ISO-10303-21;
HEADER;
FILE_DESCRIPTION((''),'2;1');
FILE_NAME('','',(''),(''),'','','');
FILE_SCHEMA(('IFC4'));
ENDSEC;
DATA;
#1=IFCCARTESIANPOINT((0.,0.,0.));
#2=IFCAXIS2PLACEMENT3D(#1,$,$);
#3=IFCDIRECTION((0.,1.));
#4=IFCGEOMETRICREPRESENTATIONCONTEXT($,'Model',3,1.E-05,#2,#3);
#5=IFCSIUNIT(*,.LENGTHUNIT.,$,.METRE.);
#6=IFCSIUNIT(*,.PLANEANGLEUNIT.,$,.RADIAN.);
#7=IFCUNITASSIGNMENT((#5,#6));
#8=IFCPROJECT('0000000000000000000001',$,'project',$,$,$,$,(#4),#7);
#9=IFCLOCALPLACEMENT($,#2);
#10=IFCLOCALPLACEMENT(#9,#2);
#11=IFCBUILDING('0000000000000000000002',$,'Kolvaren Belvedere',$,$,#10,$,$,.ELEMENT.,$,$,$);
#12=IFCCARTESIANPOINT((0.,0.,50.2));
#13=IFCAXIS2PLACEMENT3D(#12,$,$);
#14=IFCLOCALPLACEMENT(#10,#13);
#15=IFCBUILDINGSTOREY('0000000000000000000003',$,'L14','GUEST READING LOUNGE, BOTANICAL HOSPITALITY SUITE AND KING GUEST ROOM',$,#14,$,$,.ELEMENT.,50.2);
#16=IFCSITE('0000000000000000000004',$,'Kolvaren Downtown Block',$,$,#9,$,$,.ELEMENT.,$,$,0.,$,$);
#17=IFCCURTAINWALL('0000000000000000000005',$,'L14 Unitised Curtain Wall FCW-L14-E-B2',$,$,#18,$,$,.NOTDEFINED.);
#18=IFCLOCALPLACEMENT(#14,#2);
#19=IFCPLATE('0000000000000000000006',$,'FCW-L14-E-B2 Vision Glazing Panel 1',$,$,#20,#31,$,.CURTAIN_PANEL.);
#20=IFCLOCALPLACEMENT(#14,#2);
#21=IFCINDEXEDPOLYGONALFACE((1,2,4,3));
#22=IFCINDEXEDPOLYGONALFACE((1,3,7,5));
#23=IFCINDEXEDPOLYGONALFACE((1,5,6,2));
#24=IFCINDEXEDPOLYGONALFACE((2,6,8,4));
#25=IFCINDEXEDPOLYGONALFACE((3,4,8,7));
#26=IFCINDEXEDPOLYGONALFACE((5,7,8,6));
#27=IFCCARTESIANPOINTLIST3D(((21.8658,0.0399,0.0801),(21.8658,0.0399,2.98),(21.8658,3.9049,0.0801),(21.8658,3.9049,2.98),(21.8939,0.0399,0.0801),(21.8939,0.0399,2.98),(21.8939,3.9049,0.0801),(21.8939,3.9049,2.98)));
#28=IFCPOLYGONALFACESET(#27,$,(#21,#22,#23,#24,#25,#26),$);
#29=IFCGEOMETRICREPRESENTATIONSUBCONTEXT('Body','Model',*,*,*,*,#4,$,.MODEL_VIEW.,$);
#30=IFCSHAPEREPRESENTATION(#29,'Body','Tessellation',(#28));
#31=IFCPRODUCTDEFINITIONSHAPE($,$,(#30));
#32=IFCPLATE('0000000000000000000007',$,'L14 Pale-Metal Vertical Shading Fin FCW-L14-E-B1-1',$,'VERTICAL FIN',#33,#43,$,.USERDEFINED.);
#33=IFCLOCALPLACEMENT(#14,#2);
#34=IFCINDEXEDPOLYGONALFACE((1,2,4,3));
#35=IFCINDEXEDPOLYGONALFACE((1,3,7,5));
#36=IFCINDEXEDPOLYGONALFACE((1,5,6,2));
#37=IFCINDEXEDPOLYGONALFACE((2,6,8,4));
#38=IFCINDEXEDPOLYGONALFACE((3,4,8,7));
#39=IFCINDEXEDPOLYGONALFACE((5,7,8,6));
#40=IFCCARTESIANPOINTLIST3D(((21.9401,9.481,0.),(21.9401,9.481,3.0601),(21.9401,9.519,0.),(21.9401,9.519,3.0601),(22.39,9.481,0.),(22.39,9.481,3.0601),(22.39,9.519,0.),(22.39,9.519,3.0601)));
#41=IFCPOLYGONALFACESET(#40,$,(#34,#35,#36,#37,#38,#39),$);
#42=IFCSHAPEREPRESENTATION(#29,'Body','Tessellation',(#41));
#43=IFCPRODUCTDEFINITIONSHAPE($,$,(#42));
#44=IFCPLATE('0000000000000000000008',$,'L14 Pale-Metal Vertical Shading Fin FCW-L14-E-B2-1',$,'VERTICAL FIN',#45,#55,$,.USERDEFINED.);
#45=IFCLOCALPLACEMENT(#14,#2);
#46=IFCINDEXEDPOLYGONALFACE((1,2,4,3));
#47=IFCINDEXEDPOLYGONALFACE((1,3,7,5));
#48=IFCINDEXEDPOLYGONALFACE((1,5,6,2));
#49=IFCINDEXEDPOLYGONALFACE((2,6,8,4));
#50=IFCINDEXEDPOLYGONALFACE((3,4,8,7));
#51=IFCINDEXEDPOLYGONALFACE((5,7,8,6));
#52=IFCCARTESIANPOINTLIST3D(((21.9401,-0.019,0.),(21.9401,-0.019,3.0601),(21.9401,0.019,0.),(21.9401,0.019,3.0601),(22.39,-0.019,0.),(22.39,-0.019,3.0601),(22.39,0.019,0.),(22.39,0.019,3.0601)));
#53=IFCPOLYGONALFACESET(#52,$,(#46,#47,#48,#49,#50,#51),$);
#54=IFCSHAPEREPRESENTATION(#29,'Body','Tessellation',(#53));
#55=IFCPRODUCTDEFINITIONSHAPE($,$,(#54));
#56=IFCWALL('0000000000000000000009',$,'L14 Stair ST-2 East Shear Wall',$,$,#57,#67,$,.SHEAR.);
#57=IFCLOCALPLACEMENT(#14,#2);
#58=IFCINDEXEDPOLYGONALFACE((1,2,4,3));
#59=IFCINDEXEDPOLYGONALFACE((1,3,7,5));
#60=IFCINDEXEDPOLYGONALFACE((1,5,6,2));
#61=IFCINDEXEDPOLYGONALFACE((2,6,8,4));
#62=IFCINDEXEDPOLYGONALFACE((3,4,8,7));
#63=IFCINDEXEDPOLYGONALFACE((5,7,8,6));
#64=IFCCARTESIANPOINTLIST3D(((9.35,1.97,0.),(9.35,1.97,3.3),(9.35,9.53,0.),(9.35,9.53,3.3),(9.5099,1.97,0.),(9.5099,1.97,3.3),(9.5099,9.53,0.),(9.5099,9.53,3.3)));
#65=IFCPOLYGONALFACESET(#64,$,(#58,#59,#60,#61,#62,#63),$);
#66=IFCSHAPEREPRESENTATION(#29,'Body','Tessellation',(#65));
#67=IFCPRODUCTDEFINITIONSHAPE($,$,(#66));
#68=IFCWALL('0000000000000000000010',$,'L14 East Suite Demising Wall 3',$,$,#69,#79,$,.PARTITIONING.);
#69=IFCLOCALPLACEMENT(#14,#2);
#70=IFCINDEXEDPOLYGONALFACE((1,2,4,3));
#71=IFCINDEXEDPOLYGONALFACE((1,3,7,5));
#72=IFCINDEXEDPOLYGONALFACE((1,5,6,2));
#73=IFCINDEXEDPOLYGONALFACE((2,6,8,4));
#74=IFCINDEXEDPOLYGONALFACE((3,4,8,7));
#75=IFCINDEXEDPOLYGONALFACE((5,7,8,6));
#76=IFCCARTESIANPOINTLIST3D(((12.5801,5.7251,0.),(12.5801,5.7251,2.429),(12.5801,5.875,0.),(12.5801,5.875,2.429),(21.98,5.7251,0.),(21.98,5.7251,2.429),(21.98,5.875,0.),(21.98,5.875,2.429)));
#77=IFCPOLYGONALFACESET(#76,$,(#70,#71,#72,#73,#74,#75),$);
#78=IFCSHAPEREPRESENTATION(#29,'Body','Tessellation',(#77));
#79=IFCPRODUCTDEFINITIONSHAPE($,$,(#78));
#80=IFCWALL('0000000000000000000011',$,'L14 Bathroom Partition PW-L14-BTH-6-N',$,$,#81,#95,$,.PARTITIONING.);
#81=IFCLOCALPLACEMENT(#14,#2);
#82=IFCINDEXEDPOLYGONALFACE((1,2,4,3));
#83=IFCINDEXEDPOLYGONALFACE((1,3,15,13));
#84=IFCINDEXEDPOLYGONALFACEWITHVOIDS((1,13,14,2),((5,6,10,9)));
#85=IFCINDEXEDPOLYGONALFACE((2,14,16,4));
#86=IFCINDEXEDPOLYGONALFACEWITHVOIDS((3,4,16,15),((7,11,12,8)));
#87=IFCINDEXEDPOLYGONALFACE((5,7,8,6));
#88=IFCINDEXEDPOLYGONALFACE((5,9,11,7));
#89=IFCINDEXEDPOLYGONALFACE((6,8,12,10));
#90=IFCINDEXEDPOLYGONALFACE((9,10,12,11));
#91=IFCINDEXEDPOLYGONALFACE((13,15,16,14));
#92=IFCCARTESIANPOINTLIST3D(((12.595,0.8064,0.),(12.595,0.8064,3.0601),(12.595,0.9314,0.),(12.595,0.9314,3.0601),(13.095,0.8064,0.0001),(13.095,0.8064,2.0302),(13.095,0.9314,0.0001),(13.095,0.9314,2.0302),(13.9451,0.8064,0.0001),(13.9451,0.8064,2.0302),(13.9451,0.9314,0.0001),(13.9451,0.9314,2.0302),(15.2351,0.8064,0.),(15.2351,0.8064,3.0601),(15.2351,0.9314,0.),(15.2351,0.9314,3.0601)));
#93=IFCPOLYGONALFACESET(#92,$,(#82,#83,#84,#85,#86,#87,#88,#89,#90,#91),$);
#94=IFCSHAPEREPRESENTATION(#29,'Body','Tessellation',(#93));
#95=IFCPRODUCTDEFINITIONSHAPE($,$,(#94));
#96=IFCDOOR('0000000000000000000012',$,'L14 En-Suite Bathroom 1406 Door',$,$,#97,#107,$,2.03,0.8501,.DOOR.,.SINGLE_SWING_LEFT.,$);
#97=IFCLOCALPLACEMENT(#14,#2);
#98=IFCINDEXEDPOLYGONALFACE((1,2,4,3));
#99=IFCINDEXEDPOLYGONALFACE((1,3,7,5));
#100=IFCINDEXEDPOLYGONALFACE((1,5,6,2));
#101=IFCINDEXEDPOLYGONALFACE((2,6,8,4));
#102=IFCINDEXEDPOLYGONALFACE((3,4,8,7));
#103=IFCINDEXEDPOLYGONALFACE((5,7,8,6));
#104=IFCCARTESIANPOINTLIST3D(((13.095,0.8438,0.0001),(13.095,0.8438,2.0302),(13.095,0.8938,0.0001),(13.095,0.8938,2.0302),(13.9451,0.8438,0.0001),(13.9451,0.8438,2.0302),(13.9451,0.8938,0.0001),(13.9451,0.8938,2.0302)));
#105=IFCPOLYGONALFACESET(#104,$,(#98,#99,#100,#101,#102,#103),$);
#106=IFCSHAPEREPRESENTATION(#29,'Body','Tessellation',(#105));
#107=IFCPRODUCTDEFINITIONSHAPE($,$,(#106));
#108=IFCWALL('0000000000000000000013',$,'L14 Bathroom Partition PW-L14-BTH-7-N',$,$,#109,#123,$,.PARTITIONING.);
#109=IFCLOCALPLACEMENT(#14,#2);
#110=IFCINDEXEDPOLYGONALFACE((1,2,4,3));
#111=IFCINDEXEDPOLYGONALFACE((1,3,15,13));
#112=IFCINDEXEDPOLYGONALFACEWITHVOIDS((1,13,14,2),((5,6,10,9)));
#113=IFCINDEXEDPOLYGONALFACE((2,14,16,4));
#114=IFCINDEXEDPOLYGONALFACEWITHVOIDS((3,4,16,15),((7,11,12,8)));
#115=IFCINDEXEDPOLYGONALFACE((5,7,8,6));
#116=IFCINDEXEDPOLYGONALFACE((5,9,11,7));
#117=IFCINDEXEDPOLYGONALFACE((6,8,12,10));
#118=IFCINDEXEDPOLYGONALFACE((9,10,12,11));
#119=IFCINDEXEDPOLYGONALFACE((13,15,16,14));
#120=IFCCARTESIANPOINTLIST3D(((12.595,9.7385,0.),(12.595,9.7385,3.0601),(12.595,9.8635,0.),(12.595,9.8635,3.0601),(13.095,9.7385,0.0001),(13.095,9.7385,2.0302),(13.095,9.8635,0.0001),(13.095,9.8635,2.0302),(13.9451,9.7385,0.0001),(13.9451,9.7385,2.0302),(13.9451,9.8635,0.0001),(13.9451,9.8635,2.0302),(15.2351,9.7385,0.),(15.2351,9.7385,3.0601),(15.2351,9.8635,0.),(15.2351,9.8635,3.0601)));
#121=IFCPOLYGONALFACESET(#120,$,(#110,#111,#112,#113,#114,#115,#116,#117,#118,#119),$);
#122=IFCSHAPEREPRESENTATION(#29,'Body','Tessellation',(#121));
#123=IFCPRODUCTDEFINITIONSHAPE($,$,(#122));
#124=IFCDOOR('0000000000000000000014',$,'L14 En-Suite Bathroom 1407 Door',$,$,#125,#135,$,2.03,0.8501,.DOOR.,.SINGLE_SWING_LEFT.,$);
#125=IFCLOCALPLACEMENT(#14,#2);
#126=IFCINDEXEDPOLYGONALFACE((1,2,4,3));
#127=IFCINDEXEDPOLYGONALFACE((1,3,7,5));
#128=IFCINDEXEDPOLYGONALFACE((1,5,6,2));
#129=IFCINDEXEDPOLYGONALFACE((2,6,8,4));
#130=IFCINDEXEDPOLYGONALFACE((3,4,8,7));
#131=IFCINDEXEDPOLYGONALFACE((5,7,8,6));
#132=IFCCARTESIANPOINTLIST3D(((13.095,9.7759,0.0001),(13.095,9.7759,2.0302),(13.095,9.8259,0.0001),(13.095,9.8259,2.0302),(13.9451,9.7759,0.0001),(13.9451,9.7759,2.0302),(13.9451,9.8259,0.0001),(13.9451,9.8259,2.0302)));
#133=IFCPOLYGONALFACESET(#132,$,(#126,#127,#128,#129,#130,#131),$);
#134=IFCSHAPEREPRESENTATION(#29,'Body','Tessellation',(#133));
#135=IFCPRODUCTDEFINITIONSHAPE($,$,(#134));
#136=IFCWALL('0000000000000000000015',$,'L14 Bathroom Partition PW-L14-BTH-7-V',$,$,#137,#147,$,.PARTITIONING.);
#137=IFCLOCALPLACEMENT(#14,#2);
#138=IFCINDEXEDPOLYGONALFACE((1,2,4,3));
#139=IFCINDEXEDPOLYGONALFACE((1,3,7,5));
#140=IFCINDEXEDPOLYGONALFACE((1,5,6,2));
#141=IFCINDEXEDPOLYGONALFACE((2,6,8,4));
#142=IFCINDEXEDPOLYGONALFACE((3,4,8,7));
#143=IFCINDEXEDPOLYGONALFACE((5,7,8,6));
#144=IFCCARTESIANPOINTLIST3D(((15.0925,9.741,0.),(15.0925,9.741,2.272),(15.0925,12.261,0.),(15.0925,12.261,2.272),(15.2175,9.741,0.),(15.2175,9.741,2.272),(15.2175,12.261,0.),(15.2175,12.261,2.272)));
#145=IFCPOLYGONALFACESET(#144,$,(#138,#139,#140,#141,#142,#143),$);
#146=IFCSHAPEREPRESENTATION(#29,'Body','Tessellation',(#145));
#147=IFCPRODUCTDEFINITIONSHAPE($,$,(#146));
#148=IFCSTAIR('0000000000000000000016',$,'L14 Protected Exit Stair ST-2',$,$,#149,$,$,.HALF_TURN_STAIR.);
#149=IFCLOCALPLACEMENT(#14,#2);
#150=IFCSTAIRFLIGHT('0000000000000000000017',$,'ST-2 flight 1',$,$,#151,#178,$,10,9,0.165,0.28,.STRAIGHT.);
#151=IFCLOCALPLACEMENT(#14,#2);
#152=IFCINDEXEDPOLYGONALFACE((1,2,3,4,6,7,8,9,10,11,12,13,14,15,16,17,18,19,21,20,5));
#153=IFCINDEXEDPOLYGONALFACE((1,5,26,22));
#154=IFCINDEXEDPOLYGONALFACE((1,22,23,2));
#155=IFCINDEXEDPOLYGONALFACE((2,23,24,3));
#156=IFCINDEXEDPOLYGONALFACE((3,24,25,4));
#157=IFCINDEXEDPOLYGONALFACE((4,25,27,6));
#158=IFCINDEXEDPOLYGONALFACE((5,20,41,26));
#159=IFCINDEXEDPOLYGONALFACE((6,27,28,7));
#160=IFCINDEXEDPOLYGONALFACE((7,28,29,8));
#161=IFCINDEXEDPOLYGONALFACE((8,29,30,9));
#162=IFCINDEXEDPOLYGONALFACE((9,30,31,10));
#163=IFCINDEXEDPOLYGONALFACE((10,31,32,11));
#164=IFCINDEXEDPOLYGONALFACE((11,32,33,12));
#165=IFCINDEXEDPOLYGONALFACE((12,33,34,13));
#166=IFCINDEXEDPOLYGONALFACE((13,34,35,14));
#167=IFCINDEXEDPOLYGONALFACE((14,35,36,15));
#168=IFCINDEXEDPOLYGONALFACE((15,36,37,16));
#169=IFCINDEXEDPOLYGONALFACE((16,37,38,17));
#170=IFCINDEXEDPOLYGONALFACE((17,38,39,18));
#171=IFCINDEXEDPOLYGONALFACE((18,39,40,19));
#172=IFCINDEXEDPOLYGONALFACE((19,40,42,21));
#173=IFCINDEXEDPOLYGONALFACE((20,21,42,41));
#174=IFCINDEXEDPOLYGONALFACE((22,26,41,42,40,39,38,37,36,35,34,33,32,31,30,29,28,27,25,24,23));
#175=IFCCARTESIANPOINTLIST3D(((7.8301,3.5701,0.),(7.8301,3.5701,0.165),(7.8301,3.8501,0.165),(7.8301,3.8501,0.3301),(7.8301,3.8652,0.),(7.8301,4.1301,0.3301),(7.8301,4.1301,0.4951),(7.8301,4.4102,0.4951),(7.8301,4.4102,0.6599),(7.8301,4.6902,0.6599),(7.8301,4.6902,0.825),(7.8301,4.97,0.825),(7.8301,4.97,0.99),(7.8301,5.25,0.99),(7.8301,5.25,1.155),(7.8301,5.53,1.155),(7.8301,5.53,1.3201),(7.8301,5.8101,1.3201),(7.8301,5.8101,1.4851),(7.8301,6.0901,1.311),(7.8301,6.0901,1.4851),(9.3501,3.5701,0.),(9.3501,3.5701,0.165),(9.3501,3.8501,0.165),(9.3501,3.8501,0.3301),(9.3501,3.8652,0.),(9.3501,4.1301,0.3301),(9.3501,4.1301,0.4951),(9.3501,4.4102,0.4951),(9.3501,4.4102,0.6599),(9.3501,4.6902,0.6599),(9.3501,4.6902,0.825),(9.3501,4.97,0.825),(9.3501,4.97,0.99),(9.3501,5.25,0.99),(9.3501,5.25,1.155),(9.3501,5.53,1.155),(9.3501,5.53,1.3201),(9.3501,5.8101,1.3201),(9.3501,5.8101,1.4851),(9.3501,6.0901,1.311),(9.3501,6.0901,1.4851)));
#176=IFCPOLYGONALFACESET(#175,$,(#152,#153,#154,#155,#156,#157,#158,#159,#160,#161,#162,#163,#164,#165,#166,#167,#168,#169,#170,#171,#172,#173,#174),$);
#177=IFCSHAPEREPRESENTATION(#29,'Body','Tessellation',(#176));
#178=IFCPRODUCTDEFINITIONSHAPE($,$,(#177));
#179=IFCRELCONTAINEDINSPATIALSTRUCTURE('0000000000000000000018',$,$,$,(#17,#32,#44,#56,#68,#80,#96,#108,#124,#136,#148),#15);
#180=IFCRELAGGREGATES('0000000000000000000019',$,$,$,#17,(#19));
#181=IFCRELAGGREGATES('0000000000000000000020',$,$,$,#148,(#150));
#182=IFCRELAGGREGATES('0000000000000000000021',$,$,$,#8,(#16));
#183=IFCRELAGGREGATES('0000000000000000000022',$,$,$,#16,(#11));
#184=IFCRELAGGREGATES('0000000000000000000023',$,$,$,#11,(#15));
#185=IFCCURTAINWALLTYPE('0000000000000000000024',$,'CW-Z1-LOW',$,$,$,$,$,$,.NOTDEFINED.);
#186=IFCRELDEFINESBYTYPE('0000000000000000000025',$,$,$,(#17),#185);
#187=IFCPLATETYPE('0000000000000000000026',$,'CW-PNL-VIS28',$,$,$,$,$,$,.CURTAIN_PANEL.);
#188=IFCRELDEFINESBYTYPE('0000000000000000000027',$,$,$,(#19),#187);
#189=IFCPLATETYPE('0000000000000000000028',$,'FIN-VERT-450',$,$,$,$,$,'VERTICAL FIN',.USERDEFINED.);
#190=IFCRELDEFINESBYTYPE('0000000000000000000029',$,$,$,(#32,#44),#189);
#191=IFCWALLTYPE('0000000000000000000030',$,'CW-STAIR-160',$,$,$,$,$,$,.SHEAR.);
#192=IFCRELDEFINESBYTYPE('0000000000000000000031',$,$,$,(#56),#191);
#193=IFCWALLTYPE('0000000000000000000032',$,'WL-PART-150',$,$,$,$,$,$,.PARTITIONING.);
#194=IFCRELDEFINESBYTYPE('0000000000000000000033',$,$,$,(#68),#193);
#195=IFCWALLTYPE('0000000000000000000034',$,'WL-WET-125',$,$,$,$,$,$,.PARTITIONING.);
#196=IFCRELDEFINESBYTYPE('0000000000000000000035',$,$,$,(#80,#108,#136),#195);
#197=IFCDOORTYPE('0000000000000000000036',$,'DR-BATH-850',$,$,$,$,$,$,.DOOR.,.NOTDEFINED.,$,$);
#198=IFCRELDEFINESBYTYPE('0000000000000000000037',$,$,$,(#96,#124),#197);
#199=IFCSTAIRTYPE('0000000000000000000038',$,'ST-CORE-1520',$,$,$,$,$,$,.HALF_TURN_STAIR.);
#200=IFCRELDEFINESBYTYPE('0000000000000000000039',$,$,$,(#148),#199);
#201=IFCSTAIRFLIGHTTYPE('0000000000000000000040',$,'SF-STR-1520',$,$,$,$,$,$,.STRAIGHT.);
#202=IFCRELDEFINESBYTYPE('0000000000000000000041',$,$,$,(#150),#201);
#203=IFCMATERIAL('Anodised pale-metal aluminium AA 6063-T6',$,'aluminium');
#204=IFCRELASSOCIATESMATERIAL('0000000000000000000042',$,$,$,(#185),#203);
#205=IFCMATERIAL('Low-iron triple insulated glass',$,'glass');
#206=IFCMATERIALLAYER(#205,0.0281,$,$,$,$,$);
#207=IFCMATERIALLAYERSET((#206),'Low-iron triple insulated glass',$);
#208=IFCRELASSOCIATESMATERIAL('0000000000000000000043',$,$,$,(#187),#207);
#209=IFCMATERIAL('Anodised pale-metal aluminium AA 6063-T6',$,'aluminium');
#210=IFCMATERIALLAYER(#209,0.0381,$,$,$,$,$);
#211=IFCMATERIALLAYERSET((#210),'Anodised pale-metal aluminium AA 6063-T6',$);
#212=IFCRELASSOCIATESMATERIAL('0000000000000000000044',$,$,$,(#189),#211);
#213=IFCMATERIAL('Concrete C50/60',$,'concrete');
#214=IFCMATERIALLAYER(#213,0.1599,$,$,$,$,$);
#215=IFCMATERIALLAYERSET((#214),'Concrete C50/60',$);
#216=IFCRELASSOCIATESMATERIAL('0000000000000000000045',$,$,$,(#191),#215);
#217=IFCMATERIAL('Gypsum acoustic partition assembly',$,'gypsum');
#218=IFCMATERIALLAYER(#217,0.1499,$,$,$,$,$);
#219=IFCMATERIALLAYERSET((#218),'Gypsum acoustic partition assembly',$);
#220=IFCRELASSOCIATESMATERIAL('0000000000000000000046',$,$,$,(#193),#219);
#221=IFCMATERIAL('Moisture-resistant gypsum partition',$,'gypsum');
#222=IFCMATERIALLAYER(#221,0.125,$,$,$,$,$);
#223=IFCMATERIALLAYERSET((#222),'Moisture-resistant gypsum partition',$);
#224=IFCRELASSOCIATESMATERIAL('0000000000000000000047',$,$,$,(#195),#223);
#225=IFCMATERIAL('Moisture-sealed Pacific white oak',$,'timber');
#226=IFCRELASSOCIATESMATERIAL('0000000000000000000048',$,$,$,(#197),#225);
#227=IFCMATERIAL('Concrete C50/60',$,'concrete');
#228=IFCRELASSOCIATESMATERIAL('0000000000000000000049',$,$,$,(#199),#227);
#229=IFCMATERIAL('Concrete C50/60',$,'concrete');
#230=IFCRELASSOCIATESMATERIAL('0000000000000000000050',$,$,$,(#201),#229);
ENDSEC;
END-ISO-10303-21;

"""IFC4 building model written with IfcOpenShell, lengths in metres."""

from ifc_helpers import new_model, si_unit, direction, frame, frame_2d, origin, origin_2d, place, context, subcontext, project, spatial, polyline, rectangle, outline, extrude, material, layer, layer_set, type_object, element, fill, aggregate, save


model = new_model("IFC4")

# Units and contexts
model_context = context("Model", 3, precision=1e-05, world=origin(), true_north=direction((0.0, 1.0)))
body_context = subcontext(model_context, "Body", "Model", "MODEL_VIEW")
ifc_project = project(units=[si_unit("LENGTHUNIT", "METRE"), si_unit("PLANEANGLEUNIT", "RADIAN")], contexts=[model_context])

# Site, building, storey
site_placement = place(None, origin())
site = spatial("IfcSite", under=ifc_project, at=site_placement, Name="Kolvaren Downtown Block", CompositionType="ELEMENT", RefElevation=0.0)
building_placement = place(site_placement, origin())
building = spatial("IfcBuilding", under=site, at=building_placement, Name="Kolvaren Belvedere", CompositionType="ELEMENT")
storey_placement = place(building_placement, frame((0.0, 0.0, 50.2)))
storey = spatial("IfcBuildingStorey", under=building, at=storey_placement, Name="L14", Description="GUEST READING LOUNGE, BOTANICAL HOSPITALITY SUITE AND KING GUEST ROOM", CompositionType="ELEMENT", Elevation=50.2)

# Curtain wall
ifc_material_1 = material(Name="Anodised pale-metal aluminium AA 6063-T6", Category="aluminium")
curtain_wall_type = type_object("IfcCurtainWallType", Name="CW-Z1-LOW", PredefinedType="NOTDEFINED", material=ifc_material_1)
curtain_wall_1_placement = place(storey_placement, origin())
curtain_wall_1 = element("IfcCurtainWall", 1, at=curtain_wall_1_placement, inside=storey, type_object=curtain_wall_type, Name="L14 Unitised Curtain Wall FCW-L14-E-B2", PredefinedType="NOTDEFINED")

# Plate
ifc_material_2 = material(Name="Low-iron triple insulated glass", Category="glass")
ifc_layer_1 = layer(ifc_material_2, 0.0281)
ifc_layer_set_1 = layer_set([ifc_layer_1], Name="Low-iron triple insulated glass")
plate_type_1 = type_object("IfcPlateType", Name="CW-PNL-VIS28", PredefinedType="CURTAIN_PANEL", material=ifc_layer_set_1)
plate_1_placement = place(storey_placement, frame((21.8799, 1.9724, 0.0801), z_axis=(0.0, 0.0, 1.0), x_axis=(0.0, -1.0, 0.0)))
plate_1 = element("IfcPlate", 2, at=plate_1_placement, type_object=plate_type_1, Name="FCW-L14-E-B2 Vision Glazing Panel 1", PredefinedType="CURTAIN_PANEL", context=body_context, shape_type="SweptSolid", body=[
    extrude(rectangle(XDim=3.865, YDim=0.0281, at=origin_2d()), origin(), (0.0, 0.0, 1.0), 2.8999),
])
aggregate(curtain_wall_1, [plate_1])

# Plates
ifc_material_3 = material(Name="Anodised pale-metal aluminium AA 6063-T6", Category="aluminium")
ifc_layer_2 = layer(ifc_material_3, 0.0381)
ifc_layer_set_2 = layer_set([ifc_layer_2], Name="Anodised pale-metal aluminium AA 6063-T6")
plate_type_2 = type_object("IfcPlateType", Name="FIN-VERT-450", ElementType="VERTICAL FIN", PredefinedType="USERDEFINED", material=ifc_layer_set_2)
for number, where, z_axis, x_axis, name in (
    (3, (22.165, 9.5, 0.0), (0.0, 0.0, 1.0), (1.0, 0.0, 0.0), "L14 Pale-Metal Vertical Shading Fin FCW-L14-E-B1-1"),
    (4, (22.165, 0.0, 0.0), (0.0, 0.0, 1.0), (1.0, 0.0, 0.0), "L14 Pale-Metal Vertical Shading Fin FCW-L14-E-B2-1"),
):
    element("IfcPlate", number, at=place(storey_placement, frame(where, z_axis=z_axis, x_axis=x_axis)), inside=storey, type_object=plate_type_2, Name=name, ObjectType="VERTICAL FIN", PredefinedType="USERDEFINED", context=body_context, shape_type="SweptSolid", body=[
        extrude(rectangle(XDim=0.45, YDim=0.0381, at=origin_2d()), origin(), (0.0, 0.0, 1.0), 3.0601),
    ])

# Walls
ifc_material_4 = material(Name="Concrete C50/60", Category="concrete")
ifc_layer_3 = layer(ifc_material_4, 0.1599)
ifc_layer_set_3 = layer_set([ifc_layer_3], Name="Concrete C50/60")
wall_type_1 = type_object("IfcWallType", Name="CW-STAIR-160", PredefinedType="SHEAR", material=ifc_layer_set_3)
wall_1_placement = place(storey_placement, frame((9.4299, 1.97, 0.0), z_axis=(0.0, 0.0, 1.0), x_axis=(0.0, 1.0, 0.0)))
element("IfcWall", 5, at=wall_1_placement, inside=storey, type_object=wall_type_1, Name="L14 Stair ST-2 East Shear Wall", PredefinedType="SHEAR", context=body_context, shape_type="SweptSolid", body=[
    extrude(rectangle(XDim=7.5601, YDim=0.1599, at=frame_2d((3.78, 0.0))), origin(), (0.0, 0.0, 1.0), 3.3),
])
ifc_material_5 = material(Name="Gypsum acoustic partition assembly", Category="gypsum")
ifc_layer_4 = layer(ifc_material_5, 0.1499)
ifc_layer_set_4 = layer_set([ifc_layer_4], Name="Gypsum acoustic partition assembly")
wall_type_2 = type_object("IfcWallType", Name="WL-PART-150", PredefinedType="PARTITIONING", material=ifc_layer_set_4)
wall_2_placement = place(storey_placement, frame((12.5801, 5.8, 0.0), z_axis=(0.0, 0.0, 1.0), x_axis=(1.0, 0.0, 0.0)))
element("IfcWall", 6, at=wall_2_placement, inside=storey, type_object=wall_type_2, Name="L14 East Suite Demising Wall 3", PredefinedType="PARTITIONING", context=body_context, shape_type="SweptSolid", body=[
    extrude(rectangle(XDim=9.3999, YDim=0.1499, at=frame_2d((4.7, 0.0))), origin(), (0.0, 0.0, 1.0), 2.429),
])

# Walls, openings, doors
ifc_material_6 = material(Name="Moisture-resistant gypsum partition", Category="gypsum")
ifc_layer_5 = layer(ifc_material_6, 0.125)
ifc_layer_set_5 = layer_set([ifc_layer_5], Name="Moisture-resistant gypsum partition")
wall_type_3 = type_object("IfcWallType", Name="WL-WET-125", PredefinedType="PARTITIONING", material=ifc_layer_set_5)
wall_3_placement = place(storey_placement, frame((12.595, 0.8689, 0.0), z_axis=(0.0, 0.0, 1.0), x_axis=(1.0, 0.0, 0.0)))
wall_3 = element("IfcWall", 7, at=wall_3_placement, inside=storey, type_object=wall_type_3, Name="L14 Bathroom Partition PW-L14-BTH-6-N", PredefinedType="PARTITIONING", context=body_context, shape_type="SweptSolid", body=[
    extrude(rectangle(XDim=2.6401, YDim=0.125, at=frame_2d((1.3201, 0.0))), origin(), (0.0, 0.0, 1.0), 3.0601),
])
opening_1_placement = place(wall_3_placement, frame((0.5, 0.0, 0.0)))
opening_1 = element("IfcOpeningElement", 8, at=opening_1_placement, cuts=wall_3, PredefinedType="OPENING", context=body_context, shape_type="SweptSolid", body=[
    extrude(rectangle(XDim=0.8501, YDim=2.03, at=frame_2d((0.425, 1.0151))), frame((0.0, 0.0725, 0.0), z_axis=(0.0, -1.0, 0.0), x_axis=(1.0, 0.0, 0.0)), (0.0, 0.0, 1.0), 0.145),
])
ifc_material_7 = material(Name="Moisture-sealed Pacific white oak", Category="timber")
door_type = type_object("IfcDoorType", Name="DR-BATH-850", OperationType="NOTDEFINED", PredefinedType="DOOR", material=ifc_material_7)
door_1_placement = place(opening_1_placement, origin())
door_1 = element("IfcDoor", 9, at=door_1_placement, inside=storey, type_object=door_type, Name="L14 En-Suite Bathroom 1406 Door", OperationType="SINGLE_SWING_LEFT", OverallHeight=2.03, OverallWidth=0.8501, PredefinedType="DOOR", context=body_context, shape_type="SweptSolid", body=[
    extrude(rectangle(XDim=0.8501, YDim=2.03, at=frame_2d((0.425, 1.0151))), frame((0.0, 0.0249, 0.0), z_axis=(0.0, -1.0, 0.0), x_axis=(1.0, 0.0, 0.0)), (0.0, 0.0, 1.0), 0.05),
])
fill(opening_1, door_1)
wall_4_placement = place(storey_placement, frame((12.595, 9.801, 0.0), z_axis=(0.0, 0.0, 1.0), x_axis=(1.0, 0.0, 0.0)))
wall_4 = element("IfcWall", 10, at=wall_4_placement, inside=storey, type_object=wall_type_3, Name="L14 Bathroom Partition PW-L14-BTH-7-N", PredefinedType="PARTITIONING", context=body_context, shape_type="SweptSolid", body=[
    extrude(rectangle(XDim=2.6401, YDim=0.125, at=frame_2d((1.3201, 0.0))), origin(), (0.0, 0.0, 1.0), 3.0601),
])
opening_2_placement = place(wall_4_placement, frame((0.5, 0.0, 0.0)))
opening_2 = element("IfcOpeningElement", 11, at=opening_2_placement, cuts=wall_4, PredefinedType="OPENING", context=body_context, shape_type="SweptSolid", body=[
    extrude(rectangle(XDim=0.8501, YDim=2.03, at=frame_2d((0.425, 1.0151))), frame((0.0, 0.0725, 0.0), z_axis=(0.0, -1.0, 0.0), x_axis=(1.0, 0.0, 0.0)), (0.0, 0.0, 1.0), 0.145),
])
door_2_placement = place(opening_2_placement, origin())
door_2 = element("IfcDoor", 12, at=door_2_placement, inside=storey, type_object=door_type, Name="L14 En-Suite Bathroom 1407 Door", OperationType="SINGLE_SWING_LEFT", OverallHeight=2.03, OverallWidth=0.8501, PredefinedType="DOOR", context=body_context, shape_type="SweptSolid", body=[
    extrude(rectangle(XDim=0.8501, YDim=2.03, at=frame_2d((0.425, 1.0151))), frame((0.0, 0.0249, 0.0), z_axis=(0.0, -1.0, 0.0), x_axis=(1.0, 0.0, 0.0)), (0.0, 0.0, 1.0), 0.05),
])
fill(opening_2, door_2)

# Wall
wall_5_placement = place(storey_placement, frame((15.155, 9.741, 0.0), z_axis=(0.0, 0.0, 1.0), x_axis=(0.0, 1.0, 0.0)))
element("IfcWall", 13, at=wall_5_placement, inside=storey, type_object=wall_type_3, Name="L14 Bathroom Partition PW-L14-BTH-7-V", PredefinedType="PARTITIONING", context=body_context, shape_type="SweptSolid", body=[
    extrude(rectangle(XDim=2.52, YDim=0.125, at=frame_2d((1.26, 0.0))), origin(), (0.0, 0.0, 1.0), 2.272),
])

# Stair, stair flight
ifc_material_8 = material(Name="Concrete C50/60", Category="concrete")
stair_type = type_object("IfcStairType", Name="ST-CORE-1520", PredefinedType="HALF_TURN_STAIR", material=ifc_material_8)
stair_placement = place(storey_placement, origin())
stair = element("IfcStair", 14, at=stair_placement, inside=storey, type_object=stair_type, Name="L14 Protected Exit Stair ST-2", PredefinedType="HALF_TURN_STAIR")
ifc_material_9 = material(Name="Concrete C50/60", Category="concrete")
stair_flight_type = type_object("IfcStairFlightType", Name="SF-STR-1520", PredefinedType="STRAIGHT", material=ifc_material_9)
stair_flight_placement = place(storey_placement, frame((8.5901, 3.5701, 0.0), z_axis=(0.0, 0.0, 1.0), x_axis=(0.0, 1.0, 0.0)))
stair_flight = element("IfcStairFlight", 15, at=stair_flight_placement, type_object=stair_flight_type, Name="ST-2 flight 1", NumberOfRisers=10, NumberOfTreads=9, PredefinedType="STRAIGHT", RiserHeight=0.165, TreadLength=0.28, context=body_context, shape_type="SweptSolid", body=[
    extrude(outline(polyline([(0.0, 0.0), (0.0, 0.165), (0.28, 0.165), (0.28, 0.3301), (0.5601, 0.3301), (0.5601, 0.4951), (0.8401, 0.4951), (0.8401, 0.6599), (1.1201, 0.6599), (1.1201, 0.825), (1.3999, 0.825), (1.3999, 0.99), (1.6799, 0.99), (1.6799, 1.155), (1.96, 1.155), (1.96, 1.3201), (2.24, 1.3201), (2.24, 1.4851), (2.52, 1.4851), (2.52, 1.6499), (2.52, 1.311), (0.2952, 0.0), (0.0, 0.0)])), frame((0.0, 0.76, 0.0), z_axis=(0.0, -1.0, 0.0), x_axis=(1.0, 0.0, 0.0)), (0.0, 0.0, 1.0), 1.52),
])
aggregate(stair, [stair_flight])

save(model, "model.ifc")
